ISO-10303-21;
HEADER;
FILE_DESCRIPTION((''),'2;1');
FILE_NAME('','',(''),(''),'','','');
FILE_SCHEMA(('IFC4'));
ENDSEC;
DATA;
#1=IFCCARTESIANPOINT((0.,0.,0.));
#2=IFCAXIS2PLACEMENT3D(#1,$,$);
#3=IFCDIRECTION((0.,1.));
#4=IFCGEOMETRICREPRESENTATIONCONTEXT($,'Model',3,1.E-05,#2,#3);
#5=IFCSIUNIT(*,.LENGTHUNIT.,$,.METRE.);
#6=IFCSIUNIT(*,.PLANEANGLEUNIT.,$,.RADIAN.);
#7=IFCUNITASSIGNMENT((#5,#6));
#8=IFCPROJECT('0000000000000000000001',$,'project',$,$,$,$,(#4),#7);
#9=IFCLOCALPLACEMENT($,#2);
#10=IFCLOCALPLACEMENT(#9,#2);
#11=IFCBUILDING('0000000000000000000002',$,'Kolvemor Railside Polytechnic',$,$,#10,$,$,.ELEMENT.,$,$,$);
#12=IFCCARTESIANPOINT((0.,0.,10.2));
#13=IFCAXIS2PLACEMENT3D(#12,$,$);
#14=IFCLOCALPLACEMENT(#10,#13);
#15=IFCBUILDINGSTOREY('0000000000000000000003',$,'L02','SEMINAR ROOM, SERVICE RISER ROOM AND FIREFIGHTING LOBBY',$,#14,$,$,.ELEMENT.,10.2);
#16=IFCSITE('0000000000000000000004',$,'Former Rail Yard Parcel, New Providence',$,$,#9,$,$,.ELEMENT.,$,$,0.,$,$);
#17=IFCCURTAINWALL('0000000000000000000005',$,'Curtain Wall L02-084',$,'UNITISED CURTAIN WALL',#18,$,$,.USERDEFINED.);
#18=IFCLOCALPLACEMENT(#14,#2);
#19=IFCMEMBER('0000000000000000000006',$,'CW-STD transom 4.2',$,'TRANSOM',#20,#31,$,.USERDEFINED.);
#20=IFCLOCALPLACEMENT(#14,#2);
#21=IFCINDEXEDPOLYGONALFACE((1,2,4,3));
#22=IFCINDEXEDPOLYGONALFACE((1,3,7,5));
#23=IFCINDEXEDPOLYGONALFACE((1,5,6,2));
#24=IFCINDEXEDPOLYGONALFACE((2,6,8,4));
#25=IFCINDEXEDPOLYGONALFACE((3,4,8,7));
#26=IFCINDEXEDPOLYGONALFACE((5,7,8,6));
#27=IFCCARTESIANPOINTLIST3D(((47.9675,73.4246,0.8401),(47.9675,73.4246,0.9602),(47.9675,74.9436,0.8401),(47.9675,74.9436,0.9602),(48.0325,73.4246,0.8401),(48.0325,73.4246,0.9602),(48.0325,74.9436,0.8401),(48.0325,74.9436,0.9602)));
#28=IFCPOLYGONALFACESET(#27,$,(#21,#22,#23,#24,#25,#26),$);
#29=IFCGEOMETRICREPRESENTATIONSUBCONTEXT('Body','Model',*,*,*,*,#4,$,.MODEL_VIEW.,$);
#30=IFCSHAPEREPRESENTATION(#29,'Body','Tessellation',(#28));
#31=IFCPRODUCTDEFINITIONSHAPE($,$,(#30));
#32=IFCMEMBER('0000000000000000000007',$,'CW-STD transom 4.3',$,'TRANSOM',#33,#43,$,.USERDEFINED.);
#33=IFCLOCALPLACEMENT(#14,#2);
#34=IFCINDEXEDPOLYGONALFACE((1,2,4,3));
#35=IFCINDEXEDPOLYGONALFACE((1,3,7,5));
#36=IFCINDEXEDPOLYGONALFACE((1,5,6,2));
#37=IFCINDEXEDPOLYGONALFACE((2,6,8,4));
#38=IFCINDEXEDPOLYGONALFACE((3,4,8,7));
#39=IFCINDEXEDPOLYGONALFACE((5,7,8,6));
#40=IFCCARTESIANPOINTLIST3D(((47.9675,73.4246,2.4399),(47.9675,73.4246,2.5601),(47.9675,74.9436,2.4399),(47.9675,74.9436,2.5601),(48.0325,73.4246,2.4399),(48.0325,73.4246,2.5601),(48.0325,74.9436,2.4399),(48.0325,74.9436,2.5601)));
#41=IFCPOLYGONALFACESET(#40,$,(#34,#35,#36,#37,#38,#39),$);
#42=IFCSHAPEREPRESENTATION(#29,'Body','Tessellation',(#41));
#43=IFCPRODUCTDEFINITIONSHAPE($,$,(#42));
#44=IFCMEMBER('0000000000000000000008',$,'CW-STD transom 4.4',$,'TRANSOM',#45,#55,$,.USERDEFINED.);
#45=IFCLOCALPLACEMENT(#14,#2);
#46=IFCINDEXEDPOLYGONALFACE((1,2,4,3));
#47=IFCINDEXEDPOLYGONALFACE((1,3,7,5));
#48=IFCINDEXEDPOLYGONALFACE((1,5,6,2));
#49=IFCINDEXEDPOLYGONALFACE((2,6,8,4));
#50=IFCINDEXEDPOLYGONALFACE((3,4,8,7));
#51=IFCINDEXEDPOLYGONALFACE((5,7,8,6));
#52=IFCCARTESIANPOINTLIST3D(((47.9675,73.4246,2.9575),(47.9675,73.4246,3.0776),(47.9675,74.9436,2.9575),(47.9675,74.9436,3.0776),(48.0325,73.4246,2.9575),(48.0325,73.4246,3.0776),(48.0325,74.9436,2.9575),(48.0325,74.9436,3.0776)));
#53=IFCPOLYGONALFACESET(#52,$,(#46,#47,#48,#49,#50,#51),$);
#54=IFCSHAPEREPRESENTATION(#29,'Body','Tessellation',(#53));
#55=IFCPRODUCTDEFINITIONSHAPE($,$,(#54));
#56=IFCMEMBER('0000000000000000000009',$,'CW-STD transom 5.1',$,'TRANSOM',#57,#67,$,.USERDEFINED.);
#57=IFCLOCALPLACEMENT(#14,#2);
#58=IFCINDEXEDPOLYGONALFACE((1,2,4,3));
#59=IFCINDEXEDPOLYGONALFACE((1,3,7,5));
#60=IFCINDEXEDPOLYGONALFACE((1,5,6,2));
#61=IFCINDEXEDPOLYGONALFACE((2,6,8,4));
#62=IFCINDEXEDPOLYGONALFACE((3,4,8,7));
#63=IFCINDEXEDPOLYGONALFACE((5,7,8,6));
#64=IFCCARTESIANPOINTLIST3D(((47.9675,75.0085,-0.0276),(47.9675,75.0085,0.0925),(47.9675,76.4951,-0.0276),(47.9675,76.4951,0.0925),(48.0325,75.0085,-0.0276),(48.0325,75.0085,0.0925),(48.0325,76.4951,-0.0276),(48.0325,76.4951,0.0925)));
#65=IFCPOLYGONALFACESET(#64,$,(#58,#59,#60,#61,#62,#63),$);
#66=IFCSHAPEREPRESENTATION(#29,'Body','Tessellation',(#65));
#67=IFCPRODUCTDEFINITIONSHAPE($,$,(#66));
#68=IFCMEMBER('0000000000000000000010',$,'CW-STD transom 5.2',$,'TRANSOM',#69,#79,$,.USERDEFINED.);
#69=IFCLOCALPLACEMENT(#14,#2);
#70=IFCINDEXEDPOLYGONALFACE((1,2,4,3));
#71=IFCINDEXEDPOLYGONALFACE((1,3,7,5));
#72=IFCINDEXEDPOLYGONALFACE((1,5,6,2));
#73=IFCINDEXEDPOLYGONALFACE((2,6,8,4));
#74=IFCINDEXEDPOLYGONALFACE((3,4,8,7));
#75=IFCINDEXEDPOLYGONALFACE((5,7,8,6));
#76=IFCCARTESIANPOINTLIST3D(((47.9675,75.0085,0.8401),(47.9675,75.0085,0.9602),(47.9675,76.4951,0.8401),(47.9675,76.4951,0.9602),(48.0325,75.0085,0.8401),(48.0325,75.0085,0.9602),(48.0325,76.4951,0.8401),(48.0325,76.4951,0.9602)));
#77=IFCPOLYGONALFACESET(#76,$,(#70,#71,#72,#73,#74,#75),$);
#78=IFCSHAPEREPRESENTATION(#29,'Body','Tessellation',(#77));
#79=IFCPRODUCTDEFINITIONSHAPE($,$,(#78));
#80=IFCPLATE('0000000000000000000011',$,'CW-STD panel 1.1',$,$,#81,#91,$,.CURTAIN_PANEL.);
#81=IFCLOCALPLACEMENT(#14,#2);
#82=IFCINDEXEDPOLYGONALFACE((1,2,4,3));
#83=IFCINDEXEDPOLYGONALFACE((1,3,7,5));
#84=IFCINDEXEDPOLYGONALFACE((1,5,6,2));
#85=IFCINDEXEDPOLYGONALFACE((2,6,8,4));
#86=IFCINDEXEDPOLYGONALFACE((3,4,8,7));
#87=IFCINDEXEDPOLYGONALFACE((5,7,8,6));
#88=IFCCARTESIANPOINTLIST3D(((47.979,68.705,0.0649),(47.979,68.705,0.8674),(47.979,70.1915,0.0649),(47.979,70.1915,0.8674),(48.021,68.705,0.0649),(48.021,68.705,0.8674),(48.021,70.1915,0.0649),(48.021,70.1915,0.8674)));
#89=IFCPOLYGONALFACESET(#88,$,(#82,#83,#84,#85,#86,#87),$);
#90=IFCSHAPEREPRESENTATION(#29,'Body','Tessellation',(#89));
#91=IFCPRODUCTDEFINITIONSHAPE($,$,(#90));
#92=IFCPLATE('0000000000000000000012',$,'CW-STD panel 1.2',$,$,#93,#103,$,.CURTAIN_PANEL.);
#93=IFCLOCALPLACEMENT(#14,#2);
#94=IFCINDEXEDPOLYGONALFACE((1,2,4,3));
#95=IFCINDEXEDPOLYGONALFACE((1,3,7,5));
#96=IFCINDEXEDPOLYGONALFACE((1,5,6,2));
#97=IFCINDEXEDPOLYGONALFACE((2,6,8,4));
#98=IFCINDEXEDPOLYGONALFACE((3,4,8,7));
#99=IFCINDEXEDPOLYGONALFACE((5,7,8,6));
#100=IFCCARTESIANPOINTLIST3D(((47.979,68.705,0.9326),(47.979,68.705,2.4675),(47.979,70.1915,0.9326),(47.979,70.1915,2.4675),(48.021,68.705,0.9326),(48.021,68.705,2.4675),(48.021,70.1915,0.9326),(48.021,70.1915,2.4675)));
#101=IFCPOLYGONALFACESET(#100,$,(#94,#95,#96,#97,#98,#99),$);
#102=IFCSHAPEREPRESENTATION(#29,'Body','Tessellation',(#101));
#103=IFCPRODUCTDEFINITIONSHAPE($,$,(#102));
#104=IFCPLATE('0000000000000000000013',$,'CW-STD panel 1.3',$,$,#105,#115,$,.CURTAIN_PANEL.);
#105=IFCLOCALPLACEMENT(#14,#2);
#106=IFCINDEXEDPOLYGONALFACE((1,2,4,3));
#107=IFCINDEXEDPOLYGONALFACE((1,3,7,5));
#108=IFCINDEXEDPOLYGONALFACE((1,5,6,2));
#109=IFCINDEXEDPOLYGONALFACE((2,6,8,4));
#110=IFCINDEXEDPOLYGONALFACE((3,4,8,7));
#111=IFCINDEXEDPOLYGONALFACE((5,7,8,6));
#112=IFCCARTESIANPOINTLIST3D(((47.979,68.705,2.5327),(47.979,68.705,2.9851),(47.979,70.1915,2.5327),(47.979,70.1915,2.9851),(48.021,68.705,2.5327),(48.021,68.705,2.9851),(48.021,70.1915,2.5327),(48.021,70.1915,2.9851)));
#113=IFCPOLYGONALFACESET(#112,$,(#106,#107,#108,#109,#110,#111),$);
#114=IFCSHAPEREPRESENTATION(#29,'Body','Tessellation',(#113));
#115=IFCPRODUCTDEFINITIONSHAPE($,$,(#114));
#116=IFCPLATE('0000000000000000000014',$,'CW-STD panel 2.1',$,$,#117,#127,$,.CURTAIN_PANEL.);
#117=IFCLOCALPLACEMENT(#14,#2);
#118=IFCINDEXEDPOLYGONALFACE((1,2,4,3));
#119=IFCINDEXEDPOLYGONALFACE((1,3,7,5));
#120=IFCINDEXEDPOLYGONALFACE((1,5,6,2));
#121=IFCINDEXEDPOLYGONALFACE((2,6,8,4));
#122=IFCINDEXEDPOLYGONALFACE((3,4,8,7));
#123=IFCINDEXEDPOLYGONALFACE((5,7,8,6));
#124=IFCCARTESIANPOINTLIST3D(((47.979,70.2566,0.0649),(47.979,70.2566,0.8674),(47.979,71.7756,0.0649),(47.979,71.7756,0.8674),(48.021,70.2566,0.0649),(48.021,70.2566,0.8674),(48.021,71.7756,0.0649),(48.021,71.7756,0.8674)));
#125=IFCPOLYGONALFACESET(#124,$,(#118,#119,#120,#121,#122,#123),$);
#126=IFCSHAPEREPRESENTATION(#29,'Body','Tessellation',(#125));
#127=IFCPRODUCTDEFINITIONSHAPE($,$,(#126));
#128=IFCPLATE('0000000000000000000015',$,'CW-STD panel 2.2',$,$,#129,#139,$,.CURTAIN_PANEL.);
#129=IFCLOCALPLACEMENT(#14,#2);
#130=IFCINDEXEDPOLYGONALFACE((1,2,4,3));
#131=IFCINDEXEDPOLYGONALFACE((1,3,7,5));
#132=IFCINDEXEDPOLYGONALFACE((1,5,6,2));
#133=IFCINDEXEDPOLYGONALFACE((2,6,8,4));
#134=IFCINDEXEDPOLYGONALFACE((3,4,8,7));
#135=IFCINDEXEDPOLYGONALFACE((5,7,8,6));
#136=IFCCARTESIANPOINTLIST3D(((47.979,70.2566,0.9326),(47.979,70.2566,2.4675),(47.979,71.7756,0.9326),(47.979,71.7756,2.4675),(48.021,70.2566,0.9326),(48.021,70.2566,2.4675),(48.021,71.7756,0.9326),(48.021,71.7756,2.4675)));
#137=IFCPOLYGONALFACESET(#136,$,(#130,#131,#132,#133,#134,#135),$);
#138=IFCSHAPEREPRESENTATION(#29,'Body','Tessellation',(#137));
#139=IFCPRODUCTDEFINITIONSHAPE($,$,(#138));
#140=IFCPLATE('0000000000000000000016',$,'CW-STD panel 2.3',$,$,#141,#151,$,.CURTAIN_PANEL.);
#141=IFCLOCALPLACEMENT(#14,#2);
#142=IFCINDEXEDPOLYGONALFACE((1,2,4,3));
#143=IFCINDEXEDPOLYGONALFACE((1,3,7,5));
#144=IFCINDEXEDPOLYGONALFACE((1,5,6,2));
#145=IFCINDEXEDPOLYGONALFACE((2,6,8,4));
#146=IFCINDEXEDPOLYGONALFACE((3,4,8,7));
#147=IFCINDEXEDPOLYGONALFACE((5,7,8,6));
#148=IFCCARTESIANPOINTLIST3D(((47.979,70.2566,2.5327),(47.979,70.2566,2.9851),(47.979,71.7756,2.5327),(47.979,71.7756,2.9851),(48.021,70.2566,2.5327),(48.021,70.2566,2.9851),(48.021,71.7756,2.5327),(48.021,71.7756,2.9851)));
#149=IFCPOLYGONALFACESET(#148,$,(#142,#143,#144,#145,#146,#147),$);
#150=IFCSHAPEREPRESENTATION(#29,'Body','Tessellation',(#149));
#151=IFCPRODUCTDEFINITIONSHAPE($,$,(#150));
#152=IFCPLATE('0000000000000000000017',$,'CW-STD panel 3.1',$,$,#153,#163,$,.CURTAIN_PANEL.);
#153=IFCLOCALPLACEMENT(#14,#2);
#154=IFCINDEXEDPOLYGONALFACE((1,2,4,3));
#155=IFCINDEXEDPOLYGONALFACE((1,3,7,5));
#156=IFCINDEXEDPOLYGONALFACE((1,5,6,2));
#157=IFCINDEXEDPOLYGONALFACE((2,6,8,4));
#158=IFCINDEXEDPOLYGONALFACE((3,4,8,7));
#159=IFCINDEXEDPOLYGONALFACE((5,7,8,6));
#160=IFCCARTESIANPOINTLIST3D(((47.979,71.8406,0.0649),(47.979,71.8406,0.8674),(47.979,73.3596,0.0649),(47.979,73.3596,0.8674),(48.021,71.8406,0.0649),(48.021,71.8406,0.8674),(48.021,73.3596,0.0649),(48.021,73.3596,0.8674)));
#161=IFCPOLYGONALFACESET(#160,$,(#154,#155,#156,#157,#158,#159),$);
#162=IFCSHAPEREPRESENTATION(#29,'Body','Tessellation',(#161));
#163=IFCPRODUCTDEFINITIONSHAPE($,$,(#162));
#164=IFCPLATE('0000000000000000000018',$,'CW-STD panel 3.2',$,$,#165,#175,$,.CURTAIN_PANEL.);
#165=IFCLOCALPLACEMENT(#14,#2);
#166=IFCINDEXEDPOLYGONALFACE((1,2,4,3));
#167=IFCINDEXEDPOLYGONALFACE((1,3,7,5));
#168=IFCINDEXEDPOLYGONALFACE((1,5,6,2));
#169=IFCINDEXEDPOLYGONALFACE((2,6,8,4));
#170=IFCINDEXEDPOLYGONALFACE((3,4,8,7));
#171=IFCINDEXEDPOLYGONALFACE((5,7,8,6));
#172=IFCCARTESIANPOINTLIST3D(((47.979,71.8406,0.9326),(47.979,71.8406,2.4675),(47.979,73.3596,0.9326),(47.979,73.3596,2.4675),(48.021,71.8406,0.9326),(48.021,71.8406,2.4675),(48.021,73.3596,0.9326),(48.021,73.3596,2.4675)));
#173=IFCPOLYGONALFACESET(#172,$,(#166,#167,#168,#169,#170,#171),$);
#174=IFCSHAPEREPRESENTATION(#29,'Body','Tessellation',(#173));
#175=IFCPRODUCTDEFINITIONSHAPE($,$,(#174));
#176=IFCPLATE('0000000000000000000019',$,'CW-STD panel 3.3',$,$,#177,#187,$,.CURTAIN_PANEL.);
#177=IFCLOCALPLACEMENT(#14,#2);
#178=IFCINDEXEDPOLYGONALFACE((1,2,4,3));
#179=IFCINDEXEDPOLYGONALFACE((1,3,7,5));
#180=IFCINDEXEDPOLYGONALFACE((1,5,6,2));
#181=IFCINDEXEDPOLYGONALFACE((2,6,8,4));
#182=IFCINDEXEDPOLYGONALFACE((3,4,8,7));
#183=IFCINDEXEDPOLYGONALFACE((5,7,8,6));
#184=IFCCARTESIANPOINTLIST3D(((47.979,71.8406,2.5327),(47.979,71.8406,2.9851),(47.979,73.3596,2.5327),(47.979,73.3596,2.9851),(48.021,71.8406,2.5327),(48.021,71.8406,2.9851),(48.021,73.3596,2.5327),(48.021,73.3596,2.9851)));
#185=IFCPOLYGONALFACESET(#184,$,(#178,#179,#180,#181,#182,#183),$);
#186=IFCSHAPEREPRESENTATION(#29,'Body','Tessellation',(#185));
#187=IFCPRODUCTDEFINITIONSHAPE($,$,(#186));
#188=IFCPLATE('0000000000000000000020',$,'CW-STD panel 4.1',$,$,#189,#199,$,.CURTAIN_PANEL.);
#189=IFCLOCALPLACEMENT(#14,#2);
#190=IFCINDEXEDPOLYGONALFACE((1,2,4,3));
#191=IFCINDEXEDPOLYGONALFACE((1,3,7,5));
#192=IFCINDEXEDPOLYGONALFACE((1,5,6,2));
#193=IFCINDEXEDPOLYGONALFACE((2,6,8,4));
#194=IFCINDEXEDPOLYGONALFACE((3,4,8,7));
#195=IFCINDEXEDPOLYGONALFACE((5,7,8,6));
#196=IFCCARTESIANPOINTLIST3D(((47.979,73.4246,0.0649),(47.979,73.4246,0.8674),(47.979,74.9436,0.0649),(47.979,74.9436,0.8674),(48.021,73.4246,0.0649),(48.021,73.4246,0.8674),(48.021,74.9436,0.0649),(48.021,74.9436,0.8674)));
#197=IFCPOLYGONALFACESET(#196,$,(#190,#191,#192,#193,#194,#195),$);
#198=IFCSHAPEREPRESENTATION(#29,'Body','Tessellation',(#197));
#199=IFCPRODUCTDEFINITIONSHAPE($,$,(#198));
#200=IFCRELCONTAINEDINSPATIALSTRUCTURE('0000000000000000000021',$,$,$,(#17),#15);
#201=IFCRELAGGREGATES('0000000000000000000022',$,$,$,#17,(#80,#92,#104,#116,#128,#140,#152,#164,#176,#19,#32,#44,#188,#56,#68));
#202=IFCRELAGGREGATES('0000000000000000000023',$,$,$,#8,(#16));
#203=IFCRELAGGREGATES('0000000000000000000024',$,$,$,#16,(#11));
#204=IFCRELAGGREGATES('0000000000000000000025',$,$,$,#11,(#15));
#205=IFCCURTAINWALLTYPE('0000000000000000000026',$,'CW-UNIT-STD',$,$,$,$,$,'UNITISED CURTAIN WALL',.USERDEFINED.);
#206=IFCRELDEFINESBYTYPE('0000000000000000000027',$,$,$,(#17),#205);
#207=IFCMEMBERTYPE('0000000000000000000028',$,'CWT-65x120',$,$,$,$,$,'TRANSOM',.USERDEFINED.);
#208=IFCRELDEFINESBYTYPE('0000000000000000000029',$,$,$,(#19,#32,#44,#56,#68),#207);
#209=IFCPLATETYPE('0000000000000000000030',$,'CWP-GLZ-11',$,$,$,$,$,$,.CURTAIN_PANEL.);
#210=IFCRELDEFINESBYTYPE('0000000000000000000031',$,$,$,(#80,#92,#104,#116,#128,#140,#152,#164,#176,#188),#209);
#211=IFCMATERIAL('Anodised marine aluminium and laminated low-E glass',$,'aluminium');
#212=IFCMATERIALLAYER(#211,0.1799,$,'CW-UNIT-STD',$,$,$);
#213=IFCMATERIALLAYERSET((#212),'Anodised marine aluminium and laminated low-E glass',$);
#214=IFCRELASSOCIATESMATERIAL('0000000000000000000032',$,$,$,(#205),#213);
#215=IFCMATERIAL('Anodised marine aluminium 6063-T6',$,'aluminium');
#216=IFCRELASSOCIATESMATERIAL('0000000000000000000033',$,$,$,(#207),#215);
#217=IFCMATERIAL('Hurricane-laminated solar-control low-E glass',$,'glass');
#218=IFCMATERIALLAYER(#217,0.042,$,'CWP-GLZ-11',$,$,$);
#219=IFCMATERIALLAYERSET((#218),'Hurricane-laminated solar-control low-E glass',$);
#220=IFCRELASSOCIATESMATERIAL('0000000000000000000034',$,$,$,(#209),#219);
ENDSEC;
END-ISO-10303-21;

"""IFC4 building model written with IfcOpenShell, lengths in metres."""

from ifc_helpers import new_model, si_unit, direction, frame, origin, origin_2d, place, context, subcontext, project, spatial, rectangle, extrude, material, layer, layer_set, material_profile, profile_set, type_object, element, aggregate, save


model = new_model("IFC4")

# Units and contexts
model_context = context("Model", 3, precision=1e-05, world=origin(), true_north=direction((0.0, 1.0)))
body_context = subcontext(model_context, "Body", "Model", "MODEL_VIEW")
ifc_project = project(units=[si_unit("LENGTHUNIT", "METRE"), si_unit("PLANEANGLEUNIT", "RADIAN")], contexts=[model_context])

# Site, building, storey
site_placement = place(None, origin())
site = spatial("IfcSite", under=ifc_project, at=site_placement, Name="Former Rail Yard Parcel, New Providence", CompositionType="ELEMENT", RefElevation=0.0)
building_placement = place(site_placement, origin())
building = spatial("IfcBuilding", under=site, at=building_placement, Name="Kolvemor Railside Polytechnic", CompositionType="ELEMENT")
storey_placement = place(building_placement, frame((0.0, 0.0, 10.2)))
storey = spatial("IfcBuildingStorey", under=building, at=storey_placement, Name="L02", Description="SEMINAR ROOM, SERVICE RISER ROOM AND FIREFIGHTING LOBBY", CompositionType="ELEMENT", Elevation=10.2)

# Curtain wall, members, plates
ifc_material_1 = material(Name="Anodised marine aluminium and laminated low-E glass", Category="aluminium")
ifc_layer_1 = layer(ifc_material_1, 0.1799, Name="CW-UNIT-STD")
ifc_layer_set_1 = layer_set([ifc_layer_1], Name="Anodised marine aluminium and laminated low-E glass")
curtain_wall_type = type_object("IfcCurtainWallType", Name="CW-UNIT-STD", ElementType="UNITISED CURTAIN WALL", PredefinedType="USERDEFINED", material=ifc_layer_set_1)
curtain_wall_placement = place(storey_placement, origin())
curtain_wall = element("IfcCurtainWall", 1, at=curtain_wall_placement, inside=storey, type_object=curtain_wall_type, Name="Curtain Wall L02-084", ObjectType="UNITISED CURTAIN WALL", PredefinedType="USERDEFINED")
ifc_material_2 = material(Name="Anodised marine aluminium 6063-T6", Category="aluminium")
ifc_material_profile_1 = material_profile(ifc_material_2, rectangle(XDim=0.0649, YDim=0.1201, at=origin_2d()), Name="CW-TRN-65x120")
ifc_profile_set_1 = profile_set([ifc_material_profile_1], Name="Anodised marine aluminium 6063-T6")
member_type_1 = type_object("IfcMemberType", Name="CWT-65x120", ElementType="TRANSOM", PredefinedType="USERDEFINED", material=ifc_profile_set_1)
member_1_placement = place(storey_placement, frame((48.0, 73.4246, 0.9001), z_axis=(0.0, 1.0, 0.0), x_axis=(-1.0, 0.0, 0.0)))
member_1 = element("IfcMember", 2, at=member_1_placement, type_object=member_type_1, Name="CW-STD transom 4.2", ObjectType="TRANSOM", PredefinedType="USERDEFINED", context=body_context, shape_type="SweptSolid", body=[
    extrude(rectangle(XDim=0.0649, YDim=0.1201, at=origin_2d()), origin(), (0.0, 0.0, 1.0), 1.519),
])
member_2_placement = place(storey_placement, frame((48.0, 73.4246, 2.5), z_axis=(0.0, 1.0, 0.0), x_axis=(-1.0, 0.0, 0.0)))
member_2 = element("IfcMember", 3, at=member_2_placement, type_object=member_type_1, Name="CW-STD transom 4.3", ObjectType="TRANSOM", PredefinedType="USERDEFINED", context=body_context, shape_type="SweptSolid", body=[
    extrude(rectangle(XDim=0.0649, YDim=0.1201, at=origin_2d()), origin(), (0.0, 0.0, 1.0), 1.519),
])
member_3_placement = place(storey_placement, frame((48.0, 73.4246, 3.0176), z_axis=(0.0, 1.0, 0.0), x_axis=(-1.0, 0.0, 0.0)))
member_3 = element("IfcMember", 4, at=member_3_placement, type_object=member_type_1, Name="CW-STD transom 4.4", ObjectType="TRANSOM", PredefinedType="USERDEFINED", context=body_context, shape_type="SweptSolid", body=[
    extrude(rectangle(XDim=0.0649, YDim=0.1201, at=origin_2d()), origin(), (0.0, 0.0, 1.0), 1.519),
])
member_4_placement = place(storey_placement, frame((48.0, 75.0085, 0.0325), z_axis=(0.0, 1.0, 0.0), x_axis=(-1.0, 0.0, 0.0)))
member_4 = element("IfcMember", 5, at=member_4_placement, type_object=member_type_1, Name="CW-STD transom 5.1", ObjectType="TRANSOM", PredefinedType="USERDEFINED", context=body_context, shape_type="SweptSolid", body=[
    extrude(rectangle(XDim=0.0649, YDim=0.1201, at=origin_2d()), origin(), (0.0, 0.0, 1.0), 1.4866),
])
member_5_placement = place(storey_placement, frame((48.0, 75.0085, 0.9001), z_axis=(0.0, 1.0, 0.0), x_axis=(-1.0, 0.0, 0.0)))
member_5 = element("IfcMember", 6, at=member_5_placement, type_object=member_type_1, Name="CW-STD transom 5.2", ObjectType="TRANSOM", PredefinedType="USERDEFINED", context=body_context, shape_type="SweptSolid", body=[
    extrude(rectangle(XDim=0.0649, YDim=0.1201, at=origin_2d()), origin(), (0.0, 0.0, 1.0), 1.4866),
])
ifc_material_3 = material(Name="Hurricane-laminated solar-control low-E glass", Category="glass")
ifc_layer_2 = layer(ifc_material_3, 0.042, Name="CWP-GLZ-11")
ifc_layer_set_2 = layer_set([ifc_layer_2], Name="Hurricane-laminated solar-control low-E glass")
plate_type = type_object("IfcPlateType", Name="CWP-GLZ-11", PredefinedType="CURTAIN_PANEL", material=ifc_layer_set_2)
plate_1_placement = place(storey_placement, frame((48.0, 69.4482, 0.0649), z_axis=(0.0, 0.0, 1.0), x_axis=(0.0, 1.0, 0.0)))
plate_1 = element("IfcPlate", 7, at=plate_1_placement, type_object=plate_type, Name="CW-STD panel 1.1", PredefinedType="CURTAIN_PANEL", context=body_context, shape_type="SweptSolid", body=[
    extrude(rectangle(XDim=1.4866, YDim=0.042, at=origin_2d()), origin(), (0.0, 0.0, 1.0), 0.8025),
])
plate_2_placement = place(storey_placement, frame((48.0, 69.4482, 0.9326), z_axis=(0.0, 0.0, 1.0), x_axis=(0.0, 1.0, 0.0)))
plate_2 = element("IfcPlate", 8, at=plate_2_placement, type_object=plate_type, Name="CW-STD panel 1.2", PredefinedType="CURTAIN_PANEL", context=body_context, shape_type="SweptSolid", body=[
    extrude(rectangle(XDim=1.4866, YDim=0.042, at=origin_2d()), origin(), (0.0, 0.0, 1.0), 1.5349),
])
plate_3_placement = place(storey_placement, frame((48.0, 69.4482, 2.5327), z_axis=(0.0, 0.0, 1.0), x_axis=(0.0, 1.0, 0.0)))
plate_3 = element("IfcPlate", 9, at=plate_3_placement, type_object=plate_type, Name="CW-STD panel 1.3", PredefinedType="CURTAIN_PANEL", context=body_context, shape_type="SweptSolid", body=[
    extrude(rectangle(XDim=1.4866, YDim=0.042, at=origin_2d()), origin(), (0.0, 0.0, 1.0), 0.4524),
])
plate_4_placement = place(storey_placement, frame((48.0, 71.0161, 0.0649), z_axis=(0.0, 0.0, 1.0), x_axis=(0.0, 1.0, 0.0)))
plate_4 = element("IfcPlate", 10, at=plate_4_placement, type_object=plate_type, Name="CW-STD panel 2.1", PredefinedType="CURTAIN_PANEL", context=body_context, shape_type="SweptSolid", body=[
    extrude(rectangle(XDim=1.519, YDim=0.042, at=origin_2d()), origin(), (0.0, 0.0, 1.0), 0.8025),
])
plate_5_placement = place(storey_placement, frame((48.0, 71.0161, 0.9326), z_axis=(0.0, 0.0, 1.0), x_axis=(0.0, 1.0, 0.0)))
plate_5 = element("IfcPlate", 11, at=plate_5_placement, type_object=plate_type, Name="CW-STD panel 2.2", PredefinedType="CURTAIN_PANEL", context=body_context, shape_type="SweptSolid", body=[
    extrude(rectangle(XDim=1.519, YDim=0.042, at=origin_2d()), origin(), (0.0, 0.0, 1.0), 1.5349),
])
plate_6_placement = place(storey_placement, frame((48.0, 71.0161, 2.5327), z_axis=(0.0, 0.0, 1.0), x_axis=(0.0, 1.0, 0.0)))
plate_6 = element("IfcPlate", 12, at=plate_6_placement, type_object=plate_type, Name="CW-STD panel 2.3", PredefinedType="CURTAIN_PANEL", context=body_context, shape_type="SweptSolid", body=[
    extrude(rectangle(XDim=1.519, YDim=0.042, at=origin_2d()), origin(), (0.0, 0.0, 1.0), 0.4524),
])
plate_7_placement = place(storey_placement, frame((48.0, 72.6001, 0.0649), z_axis=(0.0, 0.0, 1.0), x_axis=(0.0, 1.0, 0.0)))
plate_7 = element("IfcPlate", 13, at=plate_7_placement, type_object=plate_type, Name="CW-STD panel 3.1", PredefinedType="CURTAIN_PANEL", context=body_context, shape_type="SweptSolid", body=[
    extrude(rectangle(XDim=1.519, YDim=0.042, at=origin_2d()), origin(), (0.0, 0.0, 1.0), 0.8025),
])
plate_8_placement = place(storey_placement, frame((48.0, 72.6001, 0.9326), z_axis=(0.0, 0.0, 1.0), x_axis=(0.0, 1.0, 0.0)))
plate_8 = element("IfcPlate", 14, at=plate_8_placement, type_object=plate_type, Name="CW-STD panel 3.2", PredefinedType="CURTAIN_PANEL", context=body_context, shape_type="SweptSolid", body=[
    extrude(rectangle(XDim=1.519, YDim=0.042, at=origin_2d()), origin(), (0.0, 0.0, 1.0), 1.5349),
])
plate_9_placement = place(storey_placement, frame((48.0, 72.6001, 2.5327), z_axis=(0.0, 0.0, 1.0), x_axis=(0.0, 1.0, 0.0)))
plate_9 = element("IfcPlate", 15, at=plate_9_placement, type_object=plate_type, Name="CW-STD panel 3.3", PredefinedType="CURTAIN_PANEL", context=body_context, shape_type="SweptSolid", body=[
    extrude(rectangle(XDim=1.519, YDim=0.042, at=origin_2d()), origin(), (0.0, 0.0, 1.0), 0.4524),
])
plate_10_placement = place(storey_placement, frame((48.0, 74.1841, 0.0649), z_axis=(0.0, 0.0, 1.0), x_axis=(0.0, 1.0, 0.0)))
plate_10 = element("IfcPlate", 16, at=plate_10_placement, type_object=plate_type, Name="CW-STD panel 4.1", PredefinedType="CURTAIN_PANEL", context=body_context, shape_type="SweptSolid", body=[
    extrude(rectangle(XDim=1.519, YDim=0.042, at=origin_2d()), origin(), (0.0, 0.0, 1.0), 0.8025),
])
aggregate(curtain_wall, [plate_1, plate_2, plate_3, plate_4, plate_5, plate_6, plate_7, plate_8, plate_9, member_1, member_2, member_3, plate_10, member_4, member_5])

save(model, "model.ifc")
